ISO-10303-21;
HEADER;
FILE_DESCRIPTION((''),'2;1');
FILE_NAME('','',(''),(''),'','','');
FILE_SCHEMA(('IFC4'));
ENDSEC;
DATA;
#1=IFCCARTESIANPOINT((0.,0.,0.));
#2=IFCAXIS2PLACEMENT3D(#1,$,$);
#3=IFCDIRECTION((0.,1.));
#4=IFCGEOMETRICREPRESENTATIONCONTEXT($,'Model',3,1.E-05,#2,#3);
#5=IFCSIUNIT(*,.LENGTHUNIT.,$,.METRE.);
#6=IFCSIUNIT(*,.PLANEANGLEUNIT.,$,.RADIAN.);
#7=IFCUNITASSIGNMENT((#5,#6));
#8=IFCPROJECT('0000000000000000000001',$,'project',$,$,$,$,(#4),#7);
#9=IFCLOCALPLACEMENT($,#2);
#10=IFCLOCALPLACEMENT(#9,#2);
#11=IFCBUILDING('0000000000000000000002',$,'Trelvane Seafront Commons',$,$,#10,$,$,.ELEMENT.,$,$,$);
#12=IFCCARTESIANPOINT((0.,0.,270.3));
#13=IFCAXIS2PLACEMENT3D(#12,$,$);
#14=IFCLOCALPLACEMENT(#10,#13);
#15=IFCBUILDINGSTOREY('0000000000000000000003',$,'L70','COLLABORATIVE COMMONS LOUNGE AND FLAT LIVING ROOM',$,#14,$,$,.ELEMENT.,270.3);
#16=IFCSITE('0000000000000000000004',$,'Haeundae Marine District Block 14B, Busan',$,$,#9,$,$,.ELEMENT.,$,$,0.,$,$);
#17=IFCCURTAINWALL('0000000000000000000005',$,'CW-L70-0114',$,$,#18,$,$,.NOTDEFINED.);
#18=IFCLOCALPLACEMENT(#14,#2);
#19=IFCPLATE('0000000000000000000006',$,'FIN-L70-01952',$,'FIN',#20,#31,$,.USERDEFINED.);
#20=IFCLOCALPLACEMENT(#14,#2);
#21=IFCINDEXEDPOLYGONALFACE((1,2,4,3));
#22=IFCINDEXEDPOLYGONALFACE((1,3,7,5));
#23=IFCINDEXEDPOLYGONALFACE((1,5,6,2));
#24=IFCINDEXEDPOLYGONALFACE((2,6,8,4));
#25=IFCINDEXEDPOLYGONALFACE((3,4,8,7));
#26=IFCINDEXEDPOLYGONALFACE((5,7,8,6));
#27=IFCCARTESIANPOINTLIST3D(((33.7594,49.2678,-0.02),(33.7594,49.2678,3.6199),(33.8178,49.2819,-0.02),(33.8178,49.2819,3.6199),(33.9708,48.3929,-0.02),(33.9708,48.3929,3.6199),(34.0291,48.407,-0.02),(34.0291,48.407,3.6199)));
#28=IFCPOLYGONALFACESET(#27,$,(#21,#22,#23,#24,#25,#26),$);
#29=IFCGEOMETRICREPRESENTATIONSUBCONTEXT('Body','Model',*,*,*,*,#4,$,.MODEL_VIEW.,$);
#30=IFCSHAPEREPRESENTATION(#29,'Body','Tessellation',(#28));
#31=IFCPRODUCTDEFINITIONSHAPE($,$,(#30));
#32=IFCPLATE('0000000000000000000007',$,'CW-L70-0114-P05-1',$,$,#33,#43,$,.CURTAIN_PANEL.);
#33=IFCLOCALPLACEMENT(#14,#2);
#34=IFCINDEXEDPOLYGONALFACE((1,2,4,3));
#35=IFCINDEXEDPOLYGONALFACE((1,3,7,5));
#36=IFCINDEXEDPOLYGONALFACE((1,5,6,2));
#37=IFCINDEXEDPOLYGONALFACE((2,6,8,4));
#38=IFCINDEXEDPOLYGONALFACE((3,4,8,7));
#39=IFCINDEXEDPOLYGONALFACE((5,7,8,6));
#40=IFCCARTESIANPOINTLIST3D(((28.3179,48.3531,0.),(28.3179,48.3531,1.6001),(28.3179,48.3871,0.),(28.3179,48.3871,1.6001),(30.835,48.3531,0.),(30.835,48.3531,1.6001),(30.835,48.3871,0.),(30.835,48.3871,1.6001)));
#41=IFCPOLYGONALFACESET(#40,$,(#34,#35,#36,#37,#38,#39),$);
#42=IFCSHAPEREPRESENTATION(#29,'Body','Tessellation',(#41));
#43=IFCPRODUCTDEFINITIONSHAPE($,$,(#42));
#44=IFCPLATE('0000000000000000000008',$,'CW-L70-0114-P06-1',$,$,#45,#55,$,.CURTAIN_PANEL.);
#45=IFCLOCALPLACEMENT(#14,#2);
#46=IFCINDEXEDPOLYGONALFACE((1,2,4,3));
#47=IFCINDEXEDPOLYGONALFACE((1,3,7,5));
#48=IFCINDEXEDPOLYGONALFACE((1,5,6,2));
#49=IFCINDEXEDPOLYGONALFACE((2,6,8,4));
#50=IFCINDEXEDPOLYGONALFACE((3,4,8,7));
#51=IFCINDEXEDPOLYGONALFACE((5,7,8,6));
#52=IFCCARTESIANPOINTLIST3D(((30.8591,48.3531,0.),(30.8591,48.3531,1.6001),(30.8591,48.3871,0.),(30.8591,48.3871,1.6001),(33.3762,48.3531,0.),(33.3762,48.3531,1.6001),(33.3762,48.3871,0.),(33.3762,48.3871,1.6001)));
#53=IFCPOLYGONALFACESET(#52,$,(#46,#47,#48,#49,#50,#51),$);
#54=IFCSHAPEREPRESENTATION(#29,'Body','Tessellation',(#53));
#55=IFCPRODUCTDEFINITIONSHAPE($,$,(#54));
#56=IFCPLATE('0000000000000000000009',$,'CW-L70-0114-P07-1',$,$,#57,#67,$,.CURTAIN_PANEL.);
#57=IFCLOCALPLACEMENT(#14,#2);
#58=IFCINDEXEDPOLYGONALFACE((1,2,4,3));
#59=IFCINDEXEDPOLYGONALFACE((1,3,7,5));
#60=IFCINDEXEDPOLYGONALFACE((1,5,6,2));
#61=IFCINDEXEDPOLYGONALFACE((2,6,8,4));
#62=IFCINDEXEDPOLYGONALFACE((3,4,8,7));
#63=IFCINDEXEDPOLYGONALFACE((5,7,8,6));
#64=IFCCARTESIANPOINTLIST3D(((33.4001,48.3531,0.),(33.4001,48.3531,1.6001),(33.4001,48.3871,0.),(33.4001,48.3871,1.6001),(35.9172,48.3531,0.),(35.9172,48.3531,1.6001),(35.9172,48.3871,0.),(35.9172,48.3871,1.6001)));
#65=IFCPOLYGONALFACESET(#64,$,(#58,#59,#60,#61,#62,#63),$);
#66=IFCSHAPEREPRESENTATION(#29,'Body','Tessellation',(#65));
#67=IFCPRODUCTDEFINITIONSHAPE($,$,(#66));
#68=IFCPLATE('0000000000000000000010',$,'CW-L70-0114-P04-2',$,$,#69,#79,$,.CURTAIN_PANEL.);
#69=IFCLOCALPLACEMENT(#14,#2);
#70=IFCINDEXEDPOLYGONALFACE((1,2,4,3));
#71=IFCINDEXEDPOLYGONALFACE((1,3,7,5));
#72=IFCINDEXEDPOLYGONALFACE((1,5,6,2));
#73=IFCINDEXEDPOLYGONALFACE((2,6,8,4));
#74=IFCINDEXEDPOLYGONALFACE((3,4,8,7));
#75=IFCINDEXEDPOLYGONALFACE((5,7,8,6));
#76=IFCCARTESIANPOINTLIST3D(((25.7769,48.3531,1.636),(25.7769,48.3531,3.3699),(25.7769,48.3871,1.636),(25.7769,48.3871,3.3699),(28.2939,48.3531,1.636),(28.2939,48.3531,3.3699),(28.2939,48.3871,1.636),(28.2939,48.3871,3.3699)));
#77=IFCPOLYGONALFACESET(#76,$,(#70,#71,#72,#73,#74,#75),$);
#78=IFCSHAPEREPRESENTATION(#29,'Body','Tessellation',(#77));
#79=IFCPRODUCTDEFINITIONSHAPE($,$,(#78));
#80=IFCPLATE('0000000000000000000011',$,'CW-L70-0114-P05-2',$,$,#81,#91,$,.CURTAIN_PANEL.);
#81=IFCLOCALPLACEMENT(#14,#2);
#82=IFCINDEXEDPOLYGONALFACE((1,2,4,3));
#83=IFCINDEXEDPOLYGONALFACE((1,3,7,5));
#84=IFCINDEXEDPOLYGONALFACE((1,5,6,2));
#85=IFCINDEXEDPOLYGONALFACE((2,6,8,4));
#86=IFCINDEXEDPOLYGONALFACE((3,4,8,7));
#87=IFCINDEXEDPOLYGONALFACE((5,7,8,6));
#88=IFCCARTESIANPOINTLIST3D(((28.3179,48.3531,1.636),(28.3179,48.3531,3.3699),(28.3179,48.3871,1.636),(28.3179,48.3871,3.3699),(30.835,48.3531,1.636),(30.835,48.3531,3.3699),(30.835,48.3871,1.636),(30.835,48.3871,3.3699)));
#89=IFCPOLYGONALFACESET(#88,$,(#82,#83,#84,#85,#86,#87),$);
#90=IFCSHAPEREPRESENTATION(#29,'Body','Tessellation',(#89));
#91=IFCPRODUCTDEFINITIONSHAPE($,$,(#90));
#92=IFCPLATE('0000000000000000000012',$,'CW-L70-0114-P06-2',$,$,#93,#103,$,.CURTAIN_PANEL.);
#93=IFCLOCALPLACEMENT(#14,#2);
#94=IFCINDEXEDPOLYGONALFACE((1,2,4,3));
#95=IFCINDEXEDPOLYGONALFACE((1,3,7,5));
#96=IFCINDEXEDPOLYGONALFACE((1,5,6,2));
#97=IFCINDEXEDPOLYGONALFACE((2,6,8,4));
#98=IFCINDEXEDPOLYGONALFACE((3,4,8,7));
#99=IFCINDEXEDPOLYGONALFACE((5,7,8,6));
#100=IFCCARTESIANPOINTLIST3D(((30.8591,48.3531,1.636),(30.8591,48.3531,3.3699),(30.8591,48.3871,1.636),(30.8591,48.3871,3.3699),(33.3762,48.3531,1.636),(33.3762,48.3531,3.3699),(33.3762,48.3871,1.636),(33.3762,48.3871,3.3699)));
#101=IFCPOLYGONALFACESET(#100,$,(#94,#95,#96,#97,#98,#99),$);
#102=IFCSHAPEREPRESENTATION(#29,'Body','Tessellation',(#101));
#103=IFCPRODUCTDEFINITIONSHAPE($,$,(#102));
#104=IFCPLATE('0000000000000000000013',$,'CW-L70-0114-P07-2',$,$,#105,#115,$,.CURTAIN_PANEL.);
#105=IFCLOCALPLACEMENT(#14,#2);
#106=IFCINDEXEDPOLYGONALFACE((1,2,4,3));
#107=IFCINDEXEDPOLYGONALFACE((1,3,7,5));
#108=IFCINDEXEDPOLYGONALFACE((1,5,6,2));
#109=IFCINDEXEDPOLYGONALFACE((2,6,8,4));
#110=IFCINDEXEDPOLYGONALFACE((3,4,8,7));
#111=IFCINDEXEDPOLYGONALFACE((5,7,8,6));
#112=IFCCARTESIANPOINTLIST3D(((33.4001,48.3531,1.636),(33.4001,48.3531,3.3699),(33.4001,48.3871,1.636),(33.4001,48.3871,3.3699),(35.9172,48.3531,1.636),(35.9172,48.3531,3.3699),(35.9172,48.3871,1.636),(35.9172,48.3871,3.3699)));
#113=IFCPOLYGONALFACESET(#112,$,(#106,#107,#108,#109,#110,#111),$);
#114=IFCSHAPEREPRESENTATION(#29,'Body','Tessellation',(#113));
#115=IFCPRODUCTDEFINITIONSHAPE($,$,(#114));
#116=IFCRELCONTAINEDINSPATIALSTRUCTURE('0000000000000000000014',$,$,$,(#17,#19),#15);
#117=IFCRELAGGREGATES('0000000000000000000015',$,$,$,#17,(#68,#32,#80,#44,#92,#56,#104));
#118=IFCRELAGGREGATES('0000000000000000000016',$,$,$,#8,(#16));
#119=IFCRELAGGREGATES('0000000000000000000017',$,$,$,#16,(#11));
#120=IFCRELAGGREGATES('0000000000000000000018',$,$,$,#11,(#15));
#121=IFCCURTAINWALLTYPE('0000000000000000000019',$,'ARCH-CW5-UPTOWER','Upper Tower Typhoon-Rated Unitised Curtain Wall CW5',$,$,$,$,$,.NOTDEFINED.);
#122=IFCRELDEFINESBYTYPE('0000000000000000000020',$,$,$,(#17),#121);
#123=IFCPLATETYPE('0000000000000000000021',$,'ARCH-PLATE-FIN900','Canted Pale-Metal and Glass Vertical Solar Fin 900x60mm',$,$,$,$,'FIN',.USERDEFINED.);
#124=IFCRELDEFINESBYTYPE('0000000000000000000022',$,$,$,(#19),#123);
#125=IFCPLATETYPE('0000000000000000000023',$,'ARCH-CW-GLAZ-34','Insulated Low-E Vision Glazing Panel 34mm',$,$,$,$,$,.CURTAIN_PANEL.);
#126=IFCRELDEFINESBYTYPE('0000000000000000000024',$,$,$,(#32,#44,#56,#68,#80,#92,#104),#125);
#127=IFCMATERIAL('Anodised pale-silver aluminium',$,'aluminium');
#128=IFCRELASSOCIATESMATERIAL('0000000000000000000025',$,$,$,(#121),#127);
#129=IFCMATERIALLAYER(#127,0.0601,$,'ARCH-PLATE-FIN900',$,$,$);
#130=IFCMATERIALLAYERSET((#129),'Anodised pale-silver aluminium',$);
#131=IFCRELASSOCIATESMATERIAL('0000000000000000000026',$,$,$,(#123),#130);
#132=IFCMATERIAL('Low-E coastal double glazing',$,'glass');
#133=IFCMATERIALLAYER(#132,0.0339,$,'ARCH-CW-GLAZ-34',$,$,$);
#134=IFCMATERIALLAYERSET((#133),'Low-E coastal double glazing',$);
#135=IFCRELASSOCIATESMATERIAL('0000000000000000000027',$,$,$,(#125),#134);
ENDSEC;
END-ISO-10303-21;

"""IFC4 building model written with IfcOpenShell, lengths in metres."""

from ifc_helpers import new_model, si_unit, direction, frame, origin, origin_2d, place, context, subcontext, project, spatial, rectangle, extrude, source, transform, mapped, material, layer, layer_set, type_object, element, aggregate, save


model = new_model("IFC4")

# Units and contexts
model_context = context("Model", 3, precision=1e-05, world=origin(), true_north=direction((0.0, 1.0)))
body_context = subcontext(model_context, "Body", "Model", "MODEL_VIEW")
ifc_project = project(units=[si_unit("LENGTHUNIT", "METRE"), si_unit("PLANEANGLEUNIT", "RADIAN")], contexts=[model_context])

# Site, building, storey
site_placement = place(None, origin())
site = spatial("IfcSite", under=ifc_project, at=site_placement, Name="Haeundae Marine District Block 14B, Busan", CompositionType="ELEMENT", RefElevation=0.0)
building_placement = place(site_placement, origin())
building = spatial("IfcBuilding", under=site, at=building_placement, Name="Trelvane Seafront Commons", CompositionType="ELEMENT")
storey_placement = place(building_placement, frame((0.0, 0.0, 270.3)))
storey = spatial("IfcBuildingStorey", under=building, at=storey_placement, Name="L70", Description="COLLABORATIVE COMMONS LOUNGE AND FLAT LIVING ROOM", CompositionType="ELEMENT", Elevation=270.3)

# Curtain wall
ifc_material_1 = material(Name="Anodised pale-silver aluminium", Category="aluminium")
curtain_wall_type = type_object("IfcCurtainWallType", Name="ARCH-CW5-UPTOWER", Description="Upper Tower Typhoon-Rated Unitised Curtain Wall CW5", PredefinedType="NOTDEFINED", material=ifc_material_1)
curtain_wall_placement = place(storey_placement, origin())
curtain_wall = element("IfcCurtainWall", 1, at=curtain_wall_placement, inside=storey, type_object=curtain_wall_type, Name="CW-L70-0114", PredefinedType="NOTDEFINED")

# Plate
ifc_layer_1 = layer(ifc_material_1, 0.0601, Name="ARCH-PLATE-FIN900")
ifc_layer_set_1 = layer_set([ifc_layer_1], Name="Anodised pale-silver aluminium")
plate_type_1 = type_object("IfcPlateType", Name="ARCH-PLATE-FIN900", Description="Canted Pale-Metal and Glass Vertical Solar Fin 900x60mm", ElementType="FIN", PredefinedType="USERDEFINED", material=ifc_layer_set_1)
shared_shape_1 = source(origin(), body_context, "Body", "SweptSolid", [
    extrude(rectangle(XDim=0.9001, YDim=0.0601, at=origin_2d()), origin(), (0.0, 0.0, 1.0), 3.6399),
])
plate_1_placement = place(storey_placement, frame((33.8943, 48.8374, -0.02), z_axis=(0.0, 0.0, 1.0), x_axis=(-0.234764, 0.972052, 0.0)))
element("IfcPlate", 2, at=plate_1_placement, inside=storey, type_object=plate_type_1, Name="FIN-L70-01952", ObjectType="FIN", PredefinedType="USERDEFINED", context=body_context, shape_type="MappedRepresentation", body=[
    mapped(shared_shape_1, transform((0.0, 0.0, 0.0), x_axis=(1.0, 0.0, 0.0), y_axis=(0.0, 1.0, 0.0), z_axis=(0.0, 0.0, 1.0), scale=1.0)),
])

# Plates
ifc_material_2 = material(Name="Low-E coastal double glazing", Category="glass")
ifc_layer_2 = layer(ifc_material_2, 0.0339, Name="ARCH-CW-GLAZ-34")
ifc_layer_set_2 = layer_set([ifc_layer_2], Name="Low-E coastal double glazing")
plate_type_2 = type_object("IfcPlateType", Name="ARCH-CW-GLAZ-34", Description="Insulated Low-E Vision Glazing Panel 34mm", PredefinedType="CURTAIN_PANEL", material=ifc_layer_set_2)
shared_shape_2 = source(origin(), body_context, "Body", "SweptSolid", [
    extrude(rectangle(XDim=2.5171, YDim=0.0339, at=origin_2d()), origin(), (0.0, 0.0, 1.0), 1.6001),
])
plate_2_placement = place(storey_placement, frame((29.5764, 48.3701, 0.0), z_axis=(0.0, 0.0, 1.0), x_axis=(1.0, 0.0, 0.0)))
plate_2 = element("IfcPlate", 3, at=plate_2_placement, type_object=plate_type_2, Name="CW-L70-0114-P05-1", PredefinedType="CURTAIN_PANEL", context=body_context, shape_type="MappedRepresentation", body=[
    mapped(shared_shape_2, transform((0.0, 0.0, 0.0), x_axis=(1.0, 0.0, 0.0), y_axis=(0.0, 1.0, 0.0), z_axis=(0.0, 0.0, 1.0), scale=1.0)),
])
plate_3_placement = place(storey_placement, frame((32.1177, 48.3701, 0.0), z_axis=(0.0, 0.0, 1.0), x_axis=(1.0, 0.0, 0.0)))
plate_3 = element("IfcPlate", 4, at=plate_3_placement, type_object=plate_type_2, Name="CW-L70-0114-P06-1", PredefinedType="CURTAIN_PANEL", context=body_context, shape_type="MappedRepresentation", body=[
    mapped(shared_shape_2, transform((0.0, 0.0, 0.0), x_axis=(1.0, 0.0, 0.0), y_axis=(0.0, 1.0, 0.0), z_axis=(0.0, 0.0, 1.0), scale=1.0)),
])
plate_4_placement = place(storey_placement, frame((34.6587, 48.3701, 0.0), z_axis=(0.0, 0.0, 1.0), x_axis=(1.0, 0.0, 0.0)))
plate_4 = element("IfcPlate", 5, at=plate_4_placement, type_object=plate_type_2, Name="CW-L70-0114-P07-1", PredefinedType="CURTAIN_PANEL", context=body_context, shape_type="MappedRepresentation", body=[
    mapped(shared_shape_2, transform((0.0, 0.0, 0.0), x_axis=(1.0, 0.0, 0.0), y_axis=(0.0, 1.0, 0.0), z_axis=(0.0, 0.0, 1.0), scale=1.0)),
])
shared_shape_3 = source(origin(), body_context, "Body", "SweptSolid", [
    extrude(rectangle(XDim=2.5171, YDim=0.0339, at=origin_2d()), origin(), (0.0, 0.0, 1.0), 1.7339),
])
plate_5_placement = place(storey_placement, frame((27.0354, 48.3701, 1.636), z_axis=(0.0, 0.0, 1.0), x_axis=(1.0, 0.0, 0.0)))
plate_5 = element("IfcPlate", 6, at=plate_5_placement, type_object=plate_type_2, Name="CW-L70-0114-P04-2", PredefinedType="CURTAIN_PANEL", context=body_context, shape_type="MappedRepresentation", body=[
    mapped(shared_shape_3, transform((0.0, 0.0, 0.0), x_axis=(1.0, 0.0, 0.0), y_axis=(0.0, 1.0, 0.0), z_axis=(0.0, 0.0, 1.0), scale=1.0)),
])
plate_6_placement = place(storey_placement, frame((29.5764, 48.3701, 1.636), z_axis=(0.0, 0.0, 1.0), x_axis=(1.0, 0.0, 0.0)))
plate_6 = element("IfcPlate", 7, at=plate_6_placement, type_object=plate_type_2, Name="CW-L70-0114-P05-2", PredefinedType="CURTAIN_PANEL", context=body_context, shape_type="MappedRepresentation", body=[
    mapped(shared_shape_3, transform((0.0, 0.0, 0.0), x_axis=(1.0, 0.0, 0.0), y_axis=(0.0, 1.0, 0.0), z_axis=(0.0, 0.0, 1.0), scale=1.0)),
])
plate_7_placement = place(storey_placement, frame((32.1177, 48.3701, 1.636), z_axis=(0.0, 0.0, 1.0), x_axis=(1.0, 0.0, 0.0)))
plate_7 = element("IfcPlate", 8, at=plate_7_placement, type_object=plate_type_2, Name="CW-L70-0114-P06-2", PredefinedType="CURTAIN_PANEL", context=body_context, shape_type="MappedRepresentation", body=[
    mapped(shared_shape_3, transform((0.0, 0.0, 0.0), x_axis=(1.0, 0.0, 0.0), y_axis=(0.0, 1.0, 0.0), z_axis=(0.0, 0.0, 1.0), scale=1.0)),
])
plate_8_placement = place(storey_placement, frame((34.6587, 48.3701, 1.636), z_axis=(0.0, 0.0, 1.0), x_axis=(1.0, 0.0, 0.0)))
plate_8 = element("IfcPlate", 9, at=plate_8_placement, type_object=plate_type_2, Name="CW-L70-0114-P07-2", PredefinedType="CURTAIN_PANEL", context=body_context, shape_type="MappedRepresentation", body=[
    mapped(shared_shape_3, transform((0.0, 0.0, 0.0), x_axis=(1.0, 0.0, 0.0), y_axis=(0.0, 1.0, 0.0), z_axis=(0.0, 0.0, 1.0), scale=1.0)),
])
aggregate(curtain_wall, [plate_5, plate_2, plate_6, plate_3, plate_7, plate_4, plate_8])

save(model, "model.ifc")
